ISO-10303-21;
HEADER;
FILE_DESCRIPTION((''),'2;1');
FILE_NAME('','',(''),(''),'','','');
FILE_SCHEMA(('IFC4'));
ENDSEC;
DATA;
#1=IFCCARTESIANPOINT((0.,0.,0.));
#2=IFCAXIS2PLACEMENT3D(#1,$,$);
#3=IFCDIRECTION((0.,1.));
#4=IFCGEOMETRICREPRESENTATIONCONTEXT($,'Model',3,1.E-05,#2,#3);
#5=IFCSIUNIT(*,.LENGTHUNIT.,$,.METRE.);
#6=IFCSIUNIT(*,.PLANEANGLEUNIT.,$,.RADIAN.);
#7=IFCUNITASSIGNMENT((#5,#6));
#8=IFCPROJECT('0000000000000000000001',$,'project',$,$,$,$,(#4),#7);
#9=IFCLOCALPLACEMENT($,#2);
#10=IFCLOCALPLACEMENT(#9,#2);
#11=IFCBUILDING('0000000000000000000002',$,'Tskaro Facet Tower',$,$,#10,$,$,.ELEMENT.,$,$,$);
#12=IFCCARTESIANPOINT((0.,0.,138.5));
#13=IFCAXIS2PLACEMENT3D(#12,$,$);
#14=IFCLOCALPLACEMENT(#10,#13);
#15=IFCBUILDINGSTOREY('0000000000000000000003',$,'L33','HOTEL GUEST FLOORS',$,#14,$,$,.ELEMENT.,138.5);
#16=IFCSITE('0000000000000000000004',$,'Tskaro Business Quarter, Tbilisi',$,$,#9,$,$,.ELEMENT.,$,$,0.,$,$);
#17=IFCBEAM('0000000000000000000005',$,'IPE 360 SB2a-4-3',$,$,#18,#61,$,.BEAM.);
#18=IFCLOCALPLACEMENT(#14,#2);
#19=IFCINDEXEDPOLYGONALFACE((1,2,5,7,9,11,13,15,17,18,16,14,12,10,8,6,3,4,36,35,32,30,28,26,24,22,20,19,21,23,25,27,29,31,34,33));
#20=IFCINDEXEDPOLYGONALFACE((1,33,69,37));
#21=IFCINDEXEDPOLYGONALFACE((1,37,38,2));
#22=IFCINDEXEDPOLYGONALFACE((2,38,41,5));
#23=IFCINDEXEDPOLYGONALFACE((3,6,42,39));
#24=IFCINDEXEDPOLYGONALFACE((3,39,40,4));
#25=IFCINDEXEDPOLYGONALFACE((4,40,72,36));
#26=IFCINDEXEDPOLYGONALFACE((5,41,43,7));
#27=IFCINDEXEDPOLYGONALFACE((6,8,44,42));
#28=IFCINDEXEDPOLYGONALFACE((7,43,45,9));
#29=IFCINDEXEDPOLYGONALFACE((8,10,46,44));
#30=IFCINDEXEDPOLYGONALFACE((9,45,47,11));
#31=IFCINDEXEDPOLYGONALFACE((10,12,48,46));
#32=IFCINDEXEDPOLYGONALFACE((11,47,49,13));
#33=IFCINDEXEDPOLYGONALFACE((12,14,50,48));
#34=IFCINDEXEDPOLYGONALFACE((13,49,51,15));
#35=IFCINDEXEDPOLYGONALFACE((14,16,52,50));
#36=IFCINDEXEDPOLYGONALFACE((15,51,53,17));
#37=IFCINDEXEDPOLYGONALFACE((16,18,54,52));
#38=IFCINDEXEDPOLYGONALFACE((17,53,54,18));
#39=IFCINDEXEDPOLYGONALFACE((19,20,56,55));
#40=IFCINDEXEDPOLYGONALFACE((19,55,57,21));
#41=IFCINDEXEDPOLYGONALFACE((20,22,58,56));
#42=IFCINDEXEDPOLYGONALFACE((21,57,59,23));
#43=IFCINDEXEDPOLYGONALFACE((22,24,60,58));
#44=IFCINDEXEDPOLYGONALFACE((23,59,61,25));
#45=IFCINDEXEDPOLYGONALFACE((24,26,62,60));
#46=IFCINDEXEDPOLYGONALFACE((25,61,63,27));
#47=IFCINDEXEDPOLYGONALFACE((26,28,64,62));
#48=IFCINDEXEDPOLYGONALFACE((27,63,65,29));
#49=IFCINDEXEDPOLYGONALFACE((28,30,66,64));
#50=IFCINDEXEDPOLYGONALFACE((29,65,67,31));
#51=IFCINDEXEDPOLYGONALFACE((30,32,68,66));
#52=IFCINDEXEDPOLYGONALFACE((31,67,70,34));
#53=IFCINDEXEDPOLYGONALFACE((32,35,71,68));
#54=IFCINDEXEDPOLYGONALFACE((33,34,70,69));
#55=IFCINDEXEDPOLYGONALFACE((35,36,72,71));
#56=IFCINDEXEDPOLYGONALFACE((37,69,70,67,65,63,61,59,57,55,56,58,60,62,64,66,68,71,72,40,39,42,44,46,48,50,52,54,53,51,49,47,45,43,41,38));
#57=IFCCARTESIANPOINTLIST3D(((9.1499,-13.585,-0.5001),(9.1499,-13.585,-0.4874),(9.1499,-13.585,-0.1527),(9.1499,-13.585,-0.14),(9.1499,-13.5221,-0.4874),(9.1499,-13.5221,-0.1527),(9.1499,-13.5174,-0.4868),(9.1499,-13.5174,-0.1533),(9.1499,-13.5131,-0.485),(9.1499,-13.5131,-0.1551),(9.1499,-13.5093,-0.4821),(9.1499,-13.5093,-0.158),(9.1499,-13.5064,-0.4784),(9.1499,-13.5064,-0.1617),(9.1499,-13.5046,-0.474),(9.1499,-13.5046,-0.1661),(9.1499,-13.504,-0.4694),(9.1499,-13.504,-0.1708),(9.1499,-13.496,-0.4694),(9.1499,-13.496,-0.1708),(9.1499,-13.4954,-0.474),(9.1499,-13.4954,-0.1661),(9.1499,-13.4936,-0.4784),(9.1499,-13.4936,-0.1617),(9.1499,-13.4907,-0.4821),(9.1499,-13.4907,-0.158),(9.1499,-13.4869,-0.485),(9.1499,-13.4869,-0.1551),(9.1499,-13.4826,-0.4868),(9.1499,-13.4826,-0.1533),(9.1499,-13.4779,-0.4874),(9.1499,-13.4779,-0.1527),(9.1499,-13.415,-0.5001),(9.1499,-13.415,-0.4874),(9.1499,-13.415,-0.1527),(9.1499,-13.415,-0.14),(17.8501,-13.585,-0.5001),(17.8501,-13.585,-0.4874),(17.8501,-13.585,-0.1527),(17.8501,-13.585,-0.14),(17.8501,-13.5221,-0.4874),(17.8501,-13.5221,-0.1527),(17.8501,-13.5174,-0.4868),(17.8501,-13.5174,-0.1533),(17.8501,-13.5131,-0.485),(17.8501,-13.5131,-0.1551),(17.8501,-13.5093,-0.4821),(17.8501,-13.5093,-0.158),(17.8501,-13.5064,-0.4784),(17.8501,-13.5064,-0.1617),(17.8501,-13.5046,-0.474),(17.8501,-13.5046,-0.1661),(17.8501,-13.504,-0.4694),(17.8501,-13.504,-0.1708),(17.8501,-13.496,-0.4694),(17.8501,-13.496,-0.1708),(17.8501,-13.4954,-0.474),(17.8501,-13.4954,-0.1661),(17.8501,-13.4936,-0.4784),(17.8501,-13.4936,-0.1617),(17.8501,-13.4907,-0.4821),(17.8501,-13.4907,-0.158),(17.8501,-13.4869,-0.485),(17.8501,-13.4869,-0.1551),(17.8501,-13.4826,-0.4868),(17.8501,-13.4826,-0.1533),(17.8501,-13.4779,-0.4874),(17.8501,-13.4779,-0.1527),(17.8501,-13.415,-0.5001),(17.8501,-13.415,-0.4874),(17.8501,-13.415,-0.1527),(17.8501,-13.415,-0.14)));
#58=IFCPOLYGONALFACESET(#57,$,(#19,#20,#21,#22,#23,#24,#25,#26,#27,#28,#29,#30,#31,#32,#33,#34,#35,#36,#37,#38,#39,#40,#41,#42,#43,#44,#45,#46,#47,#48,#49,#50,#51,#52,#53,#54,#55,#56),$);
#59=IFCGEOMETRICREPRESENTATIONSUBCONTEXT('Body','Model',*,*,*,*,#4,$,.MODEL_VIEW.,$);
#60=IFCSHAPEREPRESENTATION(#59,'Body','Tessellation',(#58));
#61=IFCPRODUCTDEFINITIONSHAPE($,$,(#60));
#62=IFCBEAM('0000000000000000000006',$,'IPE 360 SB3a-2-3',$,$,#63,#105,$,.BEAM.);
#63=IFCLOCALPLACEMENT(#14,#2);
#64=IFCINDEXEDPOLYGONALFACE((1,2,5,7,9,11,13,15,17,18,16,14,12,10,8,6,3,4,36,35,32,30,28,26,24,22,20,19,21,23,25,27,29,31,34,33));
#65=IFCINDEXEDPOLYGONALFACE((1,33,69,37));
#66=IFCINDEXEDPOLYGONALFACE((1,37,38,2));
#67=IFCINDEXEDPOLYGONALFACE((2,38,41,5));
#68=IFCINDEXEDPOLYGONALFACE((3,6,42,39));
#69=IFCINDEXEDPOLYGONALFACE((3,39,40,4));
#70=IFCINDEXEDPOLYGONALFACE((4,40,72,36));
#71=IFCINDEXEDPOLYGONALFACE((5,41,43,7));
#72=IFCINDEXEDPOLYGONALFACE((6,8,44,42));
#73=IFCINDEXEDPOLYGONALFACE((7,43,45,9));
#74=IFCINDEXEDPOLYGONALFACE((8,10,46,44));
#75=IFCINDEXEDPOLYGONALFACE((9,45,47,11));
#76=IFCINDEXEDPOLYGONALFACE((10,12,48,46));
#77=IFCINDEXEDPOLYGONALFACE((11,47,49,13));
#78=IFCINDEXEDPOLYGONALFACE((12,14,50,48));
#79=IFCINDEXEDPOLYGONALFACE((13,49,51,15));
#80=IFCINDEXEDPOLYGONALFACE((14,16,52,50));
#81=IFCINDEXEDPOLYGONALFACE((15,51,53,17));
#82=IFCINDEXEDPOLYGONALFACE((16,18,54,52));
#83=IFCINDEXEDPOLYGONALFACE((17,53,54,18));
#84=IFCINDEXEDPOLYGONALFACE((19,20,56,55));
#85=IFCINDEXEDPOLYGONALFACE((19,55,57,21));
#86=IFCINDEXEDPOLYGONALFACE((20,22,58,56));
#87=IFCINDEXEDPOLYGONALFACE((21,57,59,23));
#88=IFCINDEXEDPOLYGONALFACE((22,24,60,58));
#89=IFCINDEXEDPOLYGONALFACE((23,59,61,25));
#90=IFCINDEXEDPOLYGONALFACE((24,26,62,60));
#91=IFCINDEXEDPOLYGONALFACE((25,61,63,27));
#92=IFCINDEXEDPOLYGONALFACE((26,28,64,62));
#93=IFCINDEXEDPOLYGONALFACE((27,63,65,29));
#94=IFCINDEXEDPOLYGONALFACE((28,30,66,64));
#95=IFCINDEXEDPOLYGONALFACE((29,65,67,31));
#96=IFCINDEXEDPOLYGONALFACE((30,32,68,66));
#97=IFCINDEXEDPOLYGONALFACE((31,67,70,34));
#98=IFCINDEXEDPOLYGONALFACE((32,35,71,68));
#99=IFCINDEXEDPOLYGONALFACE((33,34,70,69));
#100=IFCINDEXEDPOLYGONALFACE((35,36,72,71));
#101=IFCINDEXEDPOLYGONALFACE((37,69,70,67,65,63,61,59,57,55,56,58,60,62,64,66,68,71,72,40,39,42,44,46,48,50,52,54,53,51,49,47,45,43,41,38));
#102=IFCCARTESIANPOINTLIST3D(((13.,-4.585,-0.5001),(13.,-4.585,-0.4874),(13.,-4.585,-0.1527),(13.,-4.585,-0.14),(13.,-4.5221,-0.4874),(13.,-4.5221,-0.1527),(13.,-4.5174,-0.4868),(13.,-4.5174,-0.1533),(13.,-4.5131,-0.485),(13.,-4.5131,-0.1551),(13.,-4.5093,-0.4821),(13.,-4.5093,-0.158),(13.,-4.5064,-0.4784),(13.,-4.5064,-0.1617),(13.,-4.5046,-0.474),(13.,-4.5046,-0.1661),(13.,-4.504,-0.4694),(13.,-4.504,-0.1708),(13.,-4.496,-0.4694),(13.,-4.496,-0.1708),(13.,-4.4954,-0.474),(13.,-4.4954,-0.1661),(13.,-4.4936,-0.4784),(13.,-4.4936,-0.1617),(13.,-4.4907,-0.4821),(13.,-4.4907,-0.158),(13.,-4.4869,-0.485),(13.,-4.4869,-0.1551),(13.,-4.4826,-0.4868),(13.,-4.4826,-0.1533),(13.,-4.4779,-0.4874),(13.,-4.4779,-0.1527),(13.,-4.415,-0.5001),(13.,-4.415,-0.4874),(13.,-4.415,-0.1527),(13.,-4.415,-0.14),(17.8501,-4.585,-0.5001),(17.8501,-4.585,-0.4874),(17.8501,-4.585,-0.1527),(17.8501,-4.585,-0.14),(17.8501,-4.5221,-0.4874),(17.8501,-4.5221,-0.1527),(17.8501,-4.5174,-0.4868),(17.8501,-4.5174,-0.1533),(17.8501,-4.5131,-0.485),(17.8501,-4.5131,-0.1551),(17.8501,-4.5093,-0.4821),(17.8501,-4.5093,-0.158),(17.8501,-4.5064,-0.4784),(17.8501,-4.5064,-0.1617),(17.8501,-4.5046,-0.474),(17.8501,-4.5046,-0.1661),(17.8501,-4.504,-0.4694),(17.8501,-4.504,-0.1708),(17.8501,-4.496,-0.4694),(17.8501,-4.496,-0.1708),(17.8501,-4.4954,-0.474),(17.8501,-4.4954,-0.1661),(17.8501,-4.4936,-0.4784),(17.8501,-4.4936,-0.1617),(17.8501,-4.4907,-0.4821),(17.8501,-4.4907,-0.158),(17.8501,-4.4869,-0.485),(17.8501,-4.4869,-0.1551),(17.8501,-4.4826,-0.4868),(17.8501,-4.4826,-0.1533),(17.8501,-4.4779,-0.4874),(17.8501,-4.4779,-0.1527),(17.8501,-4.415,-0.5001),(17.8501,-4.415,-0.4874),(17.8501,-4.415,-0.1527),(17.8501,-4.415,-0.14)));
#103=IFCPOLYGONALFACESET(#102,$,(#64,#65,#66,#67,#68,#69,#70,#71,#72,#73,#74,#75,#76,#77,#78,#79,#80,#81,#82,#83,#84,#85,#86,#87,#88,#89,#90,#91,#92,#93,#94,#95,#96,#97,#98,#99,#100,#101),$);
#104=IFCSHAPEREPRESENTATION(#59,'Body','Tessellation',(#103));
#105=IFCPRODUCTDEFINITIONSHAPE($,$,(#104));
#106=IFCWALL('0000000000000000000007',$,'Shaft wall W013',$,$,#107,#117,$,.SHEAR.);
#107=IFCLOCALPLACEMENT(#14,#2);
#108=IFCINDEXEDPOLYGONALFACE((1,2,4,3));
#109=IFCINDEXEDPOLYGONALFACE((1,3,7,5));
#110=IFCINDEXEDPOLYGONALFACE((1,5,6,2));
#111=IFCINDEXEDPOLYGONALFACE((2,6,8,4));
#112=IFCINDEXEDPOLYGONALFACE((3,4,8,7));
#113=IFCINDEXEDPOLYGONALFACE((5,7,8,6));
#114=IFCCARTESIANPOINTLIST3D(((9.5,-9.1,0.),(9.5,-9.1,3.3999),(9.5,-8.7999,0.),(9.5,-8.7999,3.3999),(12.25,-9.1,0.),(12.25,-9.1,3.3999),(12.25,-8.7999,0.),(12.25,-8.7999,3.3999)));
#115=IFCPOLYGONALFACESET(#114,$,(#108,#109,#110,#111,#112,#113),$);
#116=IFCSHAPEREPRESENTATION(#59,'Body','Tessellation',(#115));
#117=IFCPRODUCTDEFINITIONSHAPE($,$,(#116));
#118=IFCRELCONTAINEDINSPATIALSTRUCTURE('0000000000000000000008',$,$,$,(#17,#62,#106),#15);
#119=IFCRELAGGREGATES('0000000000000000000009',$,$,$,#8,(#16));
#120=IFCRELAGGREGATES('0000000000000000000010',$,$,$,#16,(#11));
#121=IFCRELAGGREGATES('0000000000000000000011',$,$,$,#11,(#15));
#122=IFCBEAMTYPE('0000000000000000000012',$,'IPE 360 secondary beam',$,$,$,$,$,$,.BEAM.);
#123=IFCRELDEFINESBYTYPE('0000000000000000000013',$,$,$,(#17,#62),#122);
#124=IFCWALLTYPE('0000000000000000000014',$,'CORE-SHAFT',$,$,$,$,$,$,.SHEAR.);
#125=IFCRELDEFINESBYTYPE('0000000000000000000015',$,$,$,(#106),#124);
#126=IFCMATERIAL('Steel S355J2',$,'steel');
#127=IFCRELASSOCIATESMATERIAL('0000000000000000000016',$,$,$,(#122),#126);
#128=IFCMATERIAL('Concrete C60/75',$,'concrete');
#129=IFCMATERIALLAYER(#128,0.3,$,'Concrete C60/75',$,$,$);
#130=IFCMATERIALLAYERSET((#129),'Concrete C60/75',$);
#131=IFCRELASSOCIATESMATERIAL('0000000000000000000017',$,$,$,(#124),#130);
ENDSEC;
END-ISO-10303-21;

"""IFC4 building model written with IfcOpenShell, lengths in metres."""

from ifc_helpers import new_model, si_unit, direction, frame, frame_2d, origin, origin_2d, place, context, subcontext, project, spatial, rectangle, i_section, extrude, material, layer, layer_set, material_profile, profile_set, type_object, element, save


model = new_model("IFC4")

# Units and contexts
model_context = context("Model", 3, precision=1e-05, world=origin(), true_north=direction((0.0, 1.0)))
body_context = subcontext(model_context, "Body", "Model", "MODEL_VIEW")
ifc_project = project(units=[si_unit("LENGTHUNIT", "METRE"), si_unit("PLANEANGLEUNIT", "RADIAN")], contexts=[model_context])

# Site, building, storey
site_placement = place(None, origin())
site = spatial("IfcSite", under=ifc_project, at=site_placement, Name="Tskaro Business Quarter, Tbilisi", CompositionType="ELEMENT", RefElevation=0.0)
building_placement = place(site_placement, origin())
building = spatial("IfcBuilding", under=site, at=building_placement, Name="Tskaro Facet Tower", CompositionType="ELEMENT")
storey_placement = place(building_placement, frame((0.0, 0.0, 138.5)))
storey = spatial("IfcBuildingStorey", under=building, at=storey_placement, Name="L33", Description="HOTEL GUEST FLOORS", CompositionType="ELEMENT", Elevation=138.5)

# Beams
ifc_material_1 = material(Name="Steel S355J2", Category="steel")
ifc_material_profile = material_profile(ifc_material_1, i_section(OverallWidth=0.1699, OverallDepth=0.3601, WebThickness=0.0081, FlangeThickness=0.0127, FilletRadius=0.0181, at=origin_2d()), Name="IPE 360")
ifc_profile_set = profile_set([ifc_material_profile], Name="Steel S355J2")
beam_type = type_object("IfcBeamType", Name="IPE 360 secondary beam", PredefinedType="BEAM", material=ifc_profile_set)
beam_1_placement = place(storey_placement, frame((9.1499, -13.5, -0.3201), z_axis=(1.0, 0.0, 0.0), x_axis=(0.0, 1.0, 0.0)))
element("IfcBeam", 1, at=beam_1_placement, inside=storey, type_object=beam_type, Name="IPE 360 SB2a-4-3", PredefinedType="BEAM", context=body_context, shape_type="SweptSolid", body=[
    extrude(i_section(OverallWidth=0.1699, OverallDepth=0.3601, WebThickness=0.0081, FlangeThickness=0.0127, FilletRadius=0.0181, at=origin_2d()), origin(), (0.0, 0.0, 1.0), 8.7002),
])
beam_2_placement = place(storey_placement, frame((13.0, -4.5, -0.3201), z_axis=(1.0, 0.0, 0.0), x_axis=(0.0, 1.0, 0.0)))
element("IfcBeam", 2, at=beam_2_placement, inside=storey, type_object=beam_type, Name="IPE 360 SB3a-2-3", PredefinedType="BEAM", context=body_context, shape_type="SweptSolid", body=[
    extrude(i_section(OverallWidth=0.1699, OverallDepth=0.3601, WebThickness=0.0081, FlangeThickness=0.0127, FilletRadius=0.0181, at=origin_2d()), origin(), (0.0, 0.0, 1.0), 4.8501),
])

# Wall
ifc_material_2 = material(Name="Concrete C60/75", Category="concrete")
ifc_layer_1 = layer(ifc_material_2, 0.3, Name="Concrete C60/75")
ifc_layer_set_1 = layer_set([ifc_layer_1], Name="Concrete C60/75")
wall_type_1 = type_object("IfcWallType", Name="CORE-SHAFT", PredefinedType="SHEAR", material=ifc_layer_set_1)
wall_1_placement = place(storey_placement, frame((9.5, -8.95, 0.0), z_axis=(0.0, 0.0, 1.0), x_axis=(1.0, 0.0, 0.0)))
element("IfcWall", 3, at=wall_1_placement, inside=storey, type_object=wall_type_1, Name="Shaft wall W013", PredefinedType="SHEAR", context=body_context, shape_type="SweptSolid", body=[
    extrude(rectangle(XDim=2.75, YDim=0.3, at=frame_2d((1.375, 0.0))), origin(), (0.0, 0.0, 1.0), 3.3999),
])

save(model, "model.ifc")
